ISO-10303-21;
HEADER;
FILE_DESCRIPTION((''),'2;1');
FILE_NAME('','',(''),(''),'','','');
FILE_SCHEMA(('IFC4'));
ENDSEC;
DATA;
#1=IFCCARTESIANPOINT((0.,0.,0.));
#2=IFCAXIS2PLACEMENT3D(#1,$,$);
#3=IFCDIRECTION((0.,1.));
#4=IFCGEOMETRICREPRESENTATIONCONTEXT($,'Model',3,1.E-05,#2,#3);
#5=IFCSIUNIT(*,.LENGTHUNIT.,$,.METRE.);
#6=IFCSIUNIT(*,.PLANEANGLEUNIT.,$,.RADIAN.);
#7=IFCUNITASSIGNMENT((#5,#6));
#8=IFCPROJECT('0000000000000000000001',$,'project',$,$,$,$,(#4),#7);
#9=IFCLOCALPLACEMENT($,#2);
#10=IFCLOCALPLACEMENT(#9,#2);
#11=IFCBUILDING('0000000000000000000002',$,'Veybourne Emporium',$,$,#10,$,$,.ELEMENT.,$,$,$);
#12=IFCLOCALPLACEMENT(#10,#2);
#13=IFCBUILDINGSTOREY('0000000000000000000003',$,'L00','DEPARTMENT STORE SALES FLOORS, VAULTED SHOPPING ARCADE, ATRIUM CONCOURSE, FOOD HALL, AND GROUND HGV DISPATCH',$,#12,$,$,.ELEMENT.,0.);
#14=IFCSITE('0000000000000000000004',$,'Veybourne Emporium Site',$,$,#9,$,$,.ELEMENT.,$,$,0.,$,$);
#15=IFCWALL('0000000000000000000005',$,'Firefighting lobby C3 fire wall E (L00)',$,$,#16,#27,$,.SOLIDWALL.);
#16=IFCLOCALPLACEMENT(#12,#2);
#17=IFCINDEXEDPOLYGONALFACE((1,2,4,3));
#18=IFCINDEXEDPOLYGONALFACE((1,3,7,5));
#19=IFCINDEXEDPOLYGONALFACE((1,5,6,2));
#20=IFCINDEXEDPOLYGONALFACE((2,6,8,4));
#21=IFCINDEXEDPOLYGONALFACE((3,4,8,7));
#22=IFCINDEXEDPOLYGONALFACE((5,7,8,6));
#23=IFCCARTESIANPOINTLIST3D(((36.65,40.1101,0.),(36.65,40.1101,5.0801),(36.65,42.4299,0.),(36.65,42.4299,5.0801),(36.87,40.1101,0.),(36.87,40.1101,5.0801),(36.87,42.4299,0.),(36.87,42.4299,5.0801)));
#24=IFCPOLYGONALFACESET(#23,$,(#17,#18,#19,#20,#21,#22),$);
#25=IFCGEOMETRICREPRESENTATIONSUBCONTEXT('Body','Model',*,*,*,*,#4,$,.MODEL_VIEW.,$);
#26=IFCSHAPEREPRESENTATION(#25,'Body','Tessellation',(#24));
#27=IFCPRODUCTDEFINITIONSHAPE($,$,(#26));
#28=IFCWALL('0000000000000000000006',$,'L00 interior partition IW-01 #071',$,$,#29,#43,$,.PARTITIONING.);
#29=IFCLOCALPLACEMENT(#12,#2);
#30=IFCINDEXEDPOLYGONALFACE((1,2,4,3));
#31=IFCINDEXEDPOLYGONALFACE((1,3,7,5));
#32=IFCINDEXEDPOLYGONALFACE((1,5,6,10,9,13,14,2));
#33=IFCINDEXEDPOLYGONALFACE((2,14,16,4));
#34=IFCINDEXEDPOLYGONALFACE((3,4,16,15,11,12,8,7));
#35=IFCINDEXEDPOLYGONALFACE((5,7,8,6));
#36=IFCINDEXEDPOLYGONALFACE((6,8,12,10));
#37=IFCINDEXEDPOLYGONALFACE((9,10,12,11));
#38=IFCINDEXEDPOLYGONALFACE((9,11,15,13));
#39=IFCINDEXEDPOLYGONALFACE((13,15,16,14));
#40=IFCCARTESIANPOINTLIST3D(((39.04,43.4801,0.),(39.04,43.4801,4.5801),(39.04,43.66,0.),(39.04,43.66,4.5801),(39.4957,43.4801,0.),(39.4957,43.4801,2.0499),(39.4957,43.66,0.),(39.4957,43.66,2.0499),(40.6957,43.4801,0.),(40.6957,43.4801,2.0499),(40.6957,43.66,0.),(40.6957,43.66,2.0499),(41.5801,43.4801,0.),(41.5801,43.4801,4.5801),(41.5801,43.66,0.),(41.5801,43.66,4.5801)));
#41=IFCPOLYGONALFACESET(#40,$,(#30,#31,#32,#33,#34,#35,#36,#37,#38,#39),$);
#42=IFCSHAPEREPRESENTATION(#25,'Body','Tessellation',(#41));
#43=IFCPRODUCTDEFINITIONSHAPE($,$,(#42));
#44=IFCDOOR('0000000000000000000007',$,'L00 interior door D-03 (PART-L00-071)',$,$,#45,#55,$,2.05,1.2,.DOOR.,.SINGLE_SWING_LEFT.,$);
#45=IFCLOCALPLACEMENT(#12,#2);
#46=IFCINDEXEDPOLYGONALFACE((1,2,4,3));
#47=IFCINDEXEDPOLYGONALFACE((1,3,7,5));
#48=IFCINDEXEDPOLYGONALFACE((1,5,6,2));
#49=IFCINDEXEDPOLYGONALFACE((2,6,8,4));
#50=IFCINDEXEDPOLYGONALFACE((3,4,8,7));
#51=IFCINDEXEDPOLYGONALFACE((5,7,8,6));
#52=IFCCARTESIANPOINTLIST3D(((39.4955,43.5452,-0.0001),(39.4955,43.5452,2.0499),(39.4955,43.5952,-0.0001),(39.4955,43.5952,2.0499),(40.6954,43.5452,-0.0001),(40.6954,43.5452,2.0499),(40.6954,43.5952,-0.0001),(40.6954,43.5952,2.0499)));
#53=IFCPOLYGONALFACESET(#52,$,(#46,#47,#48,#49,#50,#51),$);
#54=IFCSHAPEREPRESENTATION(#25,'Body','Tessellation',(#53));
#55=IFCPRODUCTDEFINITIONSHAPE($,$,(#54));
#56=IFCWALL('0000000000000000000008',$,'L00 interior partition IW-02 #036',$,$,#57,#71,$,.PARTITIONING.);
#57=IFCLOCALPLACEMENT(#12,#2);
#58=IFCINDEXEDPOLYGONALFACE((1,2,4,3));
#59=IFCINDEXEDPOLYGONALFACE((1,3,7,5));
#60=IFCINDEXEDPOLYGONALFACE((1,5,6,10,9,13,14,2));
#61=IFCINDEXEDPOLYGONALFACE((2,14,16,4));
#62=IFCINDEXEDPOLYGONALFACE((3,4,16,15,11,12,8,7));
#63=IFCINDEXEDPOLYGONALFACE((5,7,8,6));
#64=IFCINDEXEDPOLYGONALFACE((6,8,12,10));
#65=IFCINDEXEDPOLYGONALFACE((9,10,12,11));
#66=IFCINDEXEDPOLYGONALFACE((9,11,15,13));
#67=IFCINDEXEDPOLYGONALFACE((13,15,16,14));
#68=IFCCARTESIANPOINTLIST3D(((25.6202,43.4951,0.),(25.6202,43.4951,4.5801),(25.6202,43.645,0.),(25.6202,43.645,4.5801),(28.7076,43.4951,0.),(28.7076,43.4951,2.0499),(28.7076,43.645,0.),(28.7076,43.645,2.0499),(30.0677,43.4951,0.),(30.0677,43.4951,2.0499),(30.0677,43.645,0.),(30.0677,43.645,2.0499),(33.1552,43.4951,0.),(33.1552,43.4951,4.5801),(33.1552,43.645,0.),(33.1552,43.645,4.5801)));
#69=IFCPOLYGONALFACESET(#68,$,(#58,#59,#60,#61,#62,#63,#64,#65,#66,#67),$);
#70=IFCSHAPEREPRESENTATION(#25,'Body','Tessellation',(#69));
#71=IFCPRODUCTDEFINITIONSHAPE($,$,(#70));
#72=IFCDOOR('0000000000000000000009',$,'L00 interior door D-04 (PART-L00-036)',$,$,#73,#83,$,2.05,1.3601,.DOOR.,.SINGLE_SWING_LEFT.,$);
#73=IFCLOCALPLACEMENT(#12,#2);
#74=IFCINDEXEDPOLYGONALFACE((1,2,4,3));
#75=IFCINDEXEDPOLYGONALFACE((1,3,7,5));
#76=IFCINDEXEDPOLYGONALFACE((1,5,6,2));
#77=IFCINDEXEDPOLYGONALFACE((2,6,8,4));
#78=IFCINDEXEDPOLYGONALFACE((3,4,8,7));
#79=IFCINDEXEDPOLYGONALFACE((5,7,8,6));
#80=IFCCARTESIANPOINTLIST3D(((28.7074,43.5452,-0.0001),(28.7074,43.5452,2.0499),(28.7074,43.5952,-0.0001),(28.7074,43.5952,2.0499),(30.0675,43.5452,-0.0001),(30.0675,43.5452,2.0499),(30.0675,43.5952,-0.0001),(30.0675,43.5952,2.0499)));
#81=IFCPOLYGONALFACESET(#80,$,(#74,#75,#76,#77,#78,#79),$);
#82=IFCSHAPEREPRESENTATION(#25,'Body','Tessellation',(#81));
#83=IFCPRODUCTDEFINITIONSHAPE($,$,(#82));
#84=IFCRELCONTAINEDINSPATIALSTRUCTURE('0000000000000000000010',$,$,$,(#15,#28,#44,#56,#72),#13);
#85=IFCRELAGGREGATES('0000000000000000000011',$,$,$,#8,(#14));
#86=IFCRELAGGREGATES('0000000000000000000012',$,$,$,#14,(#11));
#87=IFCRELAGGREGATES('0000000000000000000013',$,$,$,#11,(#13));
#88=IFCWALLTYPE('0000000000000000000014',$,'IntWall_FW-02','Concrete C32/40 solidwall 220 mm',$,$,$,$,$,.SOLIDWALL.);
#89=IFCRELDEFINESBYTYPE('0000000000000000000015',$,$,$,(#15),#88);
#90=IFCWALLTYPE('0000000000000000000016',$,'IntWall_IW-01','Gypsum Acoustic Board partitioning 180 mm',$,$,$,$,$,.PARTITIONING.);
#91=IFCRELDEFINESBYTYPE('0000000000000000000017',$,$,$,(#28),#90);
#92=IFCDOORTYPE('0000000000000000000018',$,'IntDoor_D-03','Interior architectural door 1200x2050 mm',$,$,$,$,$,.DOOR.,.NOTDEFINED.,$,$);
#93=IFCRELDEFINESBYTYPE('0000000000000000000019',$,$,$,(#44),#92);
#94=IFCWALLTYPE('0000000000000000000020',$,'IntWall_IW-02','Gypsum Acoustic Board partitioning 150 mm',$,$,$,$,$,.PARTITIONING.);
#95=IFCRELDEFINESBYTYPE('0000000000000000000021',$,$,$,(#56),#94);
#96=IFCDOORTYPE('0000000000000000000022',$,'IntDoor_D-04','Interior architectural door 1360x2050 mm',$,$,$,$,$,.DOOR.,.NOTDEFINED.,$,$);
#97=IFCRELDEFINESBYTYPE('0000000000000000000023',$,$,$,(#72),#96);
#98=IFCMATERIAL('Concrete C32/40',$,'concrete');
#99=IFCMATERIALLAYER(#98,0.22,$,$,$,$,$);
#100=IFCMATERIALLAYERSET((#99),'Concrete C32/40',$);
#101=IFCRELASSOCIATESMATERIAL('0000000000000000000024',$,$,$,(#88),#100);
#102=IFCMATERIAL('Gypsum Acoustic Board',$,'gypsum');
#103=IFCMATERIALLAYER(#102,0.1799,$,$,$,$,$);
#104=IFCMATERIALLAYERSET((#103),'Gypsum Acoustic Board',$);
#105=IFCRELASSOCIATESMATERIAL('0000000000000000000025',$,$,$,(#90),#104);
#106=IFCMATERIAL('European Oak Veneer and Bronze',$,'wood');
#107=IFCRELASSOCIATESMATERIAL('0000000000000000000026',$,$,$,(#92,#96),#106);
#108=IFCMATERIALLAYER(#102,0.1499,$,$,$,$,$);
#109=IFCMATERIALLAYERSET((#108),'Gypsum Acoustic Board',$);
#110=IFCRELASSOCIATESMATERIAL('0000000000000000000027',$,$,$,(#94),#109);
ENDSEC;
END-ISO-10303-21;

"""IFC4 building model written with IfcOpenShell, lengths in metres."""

from ifc_helpers import new_model, si_unit, direction, frame, frame_2d, origin, place, context, subcontext, project, spatial, rectangle, extrude, material, layer, layer_set, type_object, element, fill, save


model = new_model("IFC4")

# Units and contexts
model_context = context("Model", 3, precision=1e-05, world=origin(), true_north=direction((0.0, 1.0)))
body_context = subcontext(model_context, "Body", "Model", "MODEL_VIEW")
ifc_project = project(units=[si_unit("LENGTHUNIT", "METRE"), si_unit("PLANEANGLEUNIT", "RADIAN")], contexts=[model_context])

# Site, building, storey
site_placement = place(None, origin())
site = spatial("IfcSite", under=ifc_project, at=site_placement, Name="Veybourne Emporium Site", CompositionType="ELEMENT", RefElevation=0.0)
building_placement = place(site_placement, origin())
building = spatial("IfcBuilding", under=site, at=building_placement, Name="Veybourne Emporium", CompositionType="ELEMENT")
storey_placement = place(building_placement, origin())
storey = spatial("IfcBuildingStorey", under=building, at=storey_placement, Name="L00", Description="DEPARTMENT STORE SALES FLOORS, VAULTED SHOPPING ARCADE, ATRIUM CONCOURSE, FOOD HALL, AND GROUND HGV DISPATCH", CompositionType="ELEMENT", Elevation=0.0)

# Shared definitions
ifc_material_1 = material(Name="Concrete C32/40", Category="concrete")

# Shared definitions
ifc_layer_1 = layer(ifc_material_1, 0.22)
ifc_layer_set_1 = layer_set([ifc_layer_1], Name="Concrete C32/40")
wall_type_1 = type_object("IfcWallType", Name="IntWall_FW-02", Description="Concrete C32/40 solidwall 220 mm", PredefinedType="SOLIDWALL", material=ifc_layer_set_1)

# Wall
wall_1_placement = place(storey_placement, frame((36.76, 40.1101, 0.0), z_axis=(0.0, 0.0, 1.0), x_axis=(0.0, 1.0, 0.0)))
element("IfcWall", 1, at=wall_1_placement, inside=storey, type_object=wall_type_1, Name="Firefighting lobby C3 fire wall E (L00)", PredefinedType="SOLIDWALL", context=body_context, shape_type="SweptSolid", body=[
    extrude(rectangle(XDim=2.3198, YDim=0.22, at=frame_2d((1.1599, 0.0))), origin(), (0.0, 0.0, 1.0), 5.0801),
])

# Walls, openings, doors
ifc_material_2 = material(Name="Gypsum Acoustic Board", Category="gypsum")
ifc_layer_2 = layer(ifc_material_2, 0.1799)
ifc_layer_set_2 = layer_set([ifc_layer_2], Name="Gypsum Acoustic Board")
wall_type_2 = type_object("IfcWallType", Name="IntWall_IW-01", Description="Gypsum Acoustic Board partitioning 180 mm", PredefinedType="PARTITIONING", material=ifc_layer_set_2)
wall_2_placement = place(storey_placement, frame((39.04, 43.5701, 0.0), z_axis=(0.0, 0.0, 1.0), x_axis=(1.0, 0.0, 0.0)))
wall_2 = element("IfcWall", 2, at=wall_2_placement, inside=storey, type_object=wall_type_2, Name="L00 interior partition IW-01 #071", PredefinedType="PARTITIONING", context=body_context, shape_type="SweptSolid", body=[
    extrude(rectangle(XDim=2.54, YDim=0.1799, at=frame_2d((1.27, 0.0))), origin(), (0.0, 0.0, 1.0), 4.5801),
])
opening_1_placement = place(wall_2_placement, frame((0.4556, 0.0, 0.0)))
opening_1 = element("IfcOpeningElement", 3, at=opening_1_placement, cuts=wall_2, PredefinedType="OPENING", context=body_context, shape_type="SweptSolid", body=[
    extrude(rectangle(XDim=1.2, YDim=2.05, at=frame_2d((0.6001, 1.0249))), frame((0.0, 0.1099, 0.0), z_axis=(0.0, -1.0, 0.0), x_axis=(1.0, 0.0, 0.0)), (0.0, 0.0, 1.0), 0.22),
])
ifc_material_3 = material(Name="European Oak Veneer and Bronze", Category="wood")
door_type_1 = type_object("IfcDoorType", Name="IntDoor_D-03", Description="Interior architectural door 1200x2050 mm", OperationType="NOTDEFINED", PredefinedType="DOOR", material=ifc_material_3)
door_1_placement = place(opening_1_placement, frame((1.2, 0.0, 0.0), z_axis=(0.0, 0.0, 1.0), x_axis=(-1.0, 0.0, 0.0)))
door_1 = element("IfcDoor", 4, at=door_1_placement, inside=storey, type_object=door_type_1, Name="L00 interior door D-03 (PART-L00-071)", OperationType="SINGLE_SWING_LEFT", OverallHeight=2.05, OverallWidth=1.2, PredefinedType="DOOR", context=body_context, shape_type="SweptSolid", body=[
    extrude(rectangle(XDim=1.2, YDim=2.05, at=frame_2d((0.6001, 1.0249))), frame((0.0, 0.0249, 0.0), z_axis=(0.0, -1.0, 0.0), x_axis=(1.0, 0.0, 0.0)), (0.0, 0.0, 1.0), 0.05),
])
fill(opening_1, door_1)
ifc_layer_3 = layer(ifc_material_2, 0.1499)
ifc_layer_set_3 = layer_set([ifc_layer_3], Name="Gypsum Acoustic Board")
wall_type_3 = type_object("IfcWallType", Name="IntWall_IW-02", Description="Gypsum Acoustic Board partitioning 150 mm", PredefinedType="PARTITIONING", material=ifc_layer_set_3)
wall_3_placement = place(storey_placement, frame((25.6201, 43.5701, 0.0), z_axis=(0.0, 0.0, 1.0), x_axis=(1.0, 0.0, 0.0)))
wall_3 = element("IfcWall", 5, at=wall_3_placement, inside=storey, type_object=wall_type_3, Name="L00 interior partition IW-02 #036", PredefinedType="PARTITIONING", context=body_context, shape_type="SweptSolid", body=[
    extrude(rectangle(XDim=7.5349, YDim=0.1499, at=frame_2d((3.7676, 0.0))), origin(), (0.0, 0.0, 1.0), 4.5801),
])
opening_2_placement = place(wall_3_placement, frame((3.0874, 0.0, 0.0)))
opening_2 = element("IfcOpeningElement", 6, at=opening_2_placement, cuts=wall_3, PredefinedType="OPENING", context=body_context, shape_type="SweptSolid", body=[
    extrude(rectangle(XDim=1.3601, YDim=2.05, at=frame_2d((0.6802, 1.0249))), frame((0.0, 0.095, 0.0), z_axis=(0.0, -1.0, 0.0), x_axis=(1.0, 0.0, 0.0)), (0.0, 0.0, 1.0), 0.1899),
])
door_type_2 = type_object("IfcDoorType", Name="IntDoor_D-04", Description="Interior architectural door 1360x2050 mm", OperationType="NOTDEFINED", PredefinedType="DOOR", material=ifc_material_3)
door_2_placement = place(opening_2_placement, frame((1.3601, 0.0, 0.0), z_axis=(0.0, 0.0, 1.0), x_axis=(-1.0, 0.0, 0.0)))
door_2 = element("IfcDoor", 7, at=door_2_placement, inside=storey, type_object=door_type_2, Name="L00 interior door D-04 (PART-L00-036)", OperationType="SINGLE_SWING_LEFT", OverallHeight=2.05, OverallWidth=1.3601, PredefinedType="DOOR", context=body_context, shape_type="SweptSolid", body=[
    extrude(rectangle(XDim=1.3601, YDim=2.05, at=frame_2d((0.6802, 1.0249))), frame((0.0, 0.0249, 0.0), z_axis=(0.0, -1.0, 0.0), x_axis=(1.0, 0.0, 0.0)), (0.0, 0.0, 1.0), 0.05),
])
fill(opening_2, door_2)

save(model, "model.ifc")
